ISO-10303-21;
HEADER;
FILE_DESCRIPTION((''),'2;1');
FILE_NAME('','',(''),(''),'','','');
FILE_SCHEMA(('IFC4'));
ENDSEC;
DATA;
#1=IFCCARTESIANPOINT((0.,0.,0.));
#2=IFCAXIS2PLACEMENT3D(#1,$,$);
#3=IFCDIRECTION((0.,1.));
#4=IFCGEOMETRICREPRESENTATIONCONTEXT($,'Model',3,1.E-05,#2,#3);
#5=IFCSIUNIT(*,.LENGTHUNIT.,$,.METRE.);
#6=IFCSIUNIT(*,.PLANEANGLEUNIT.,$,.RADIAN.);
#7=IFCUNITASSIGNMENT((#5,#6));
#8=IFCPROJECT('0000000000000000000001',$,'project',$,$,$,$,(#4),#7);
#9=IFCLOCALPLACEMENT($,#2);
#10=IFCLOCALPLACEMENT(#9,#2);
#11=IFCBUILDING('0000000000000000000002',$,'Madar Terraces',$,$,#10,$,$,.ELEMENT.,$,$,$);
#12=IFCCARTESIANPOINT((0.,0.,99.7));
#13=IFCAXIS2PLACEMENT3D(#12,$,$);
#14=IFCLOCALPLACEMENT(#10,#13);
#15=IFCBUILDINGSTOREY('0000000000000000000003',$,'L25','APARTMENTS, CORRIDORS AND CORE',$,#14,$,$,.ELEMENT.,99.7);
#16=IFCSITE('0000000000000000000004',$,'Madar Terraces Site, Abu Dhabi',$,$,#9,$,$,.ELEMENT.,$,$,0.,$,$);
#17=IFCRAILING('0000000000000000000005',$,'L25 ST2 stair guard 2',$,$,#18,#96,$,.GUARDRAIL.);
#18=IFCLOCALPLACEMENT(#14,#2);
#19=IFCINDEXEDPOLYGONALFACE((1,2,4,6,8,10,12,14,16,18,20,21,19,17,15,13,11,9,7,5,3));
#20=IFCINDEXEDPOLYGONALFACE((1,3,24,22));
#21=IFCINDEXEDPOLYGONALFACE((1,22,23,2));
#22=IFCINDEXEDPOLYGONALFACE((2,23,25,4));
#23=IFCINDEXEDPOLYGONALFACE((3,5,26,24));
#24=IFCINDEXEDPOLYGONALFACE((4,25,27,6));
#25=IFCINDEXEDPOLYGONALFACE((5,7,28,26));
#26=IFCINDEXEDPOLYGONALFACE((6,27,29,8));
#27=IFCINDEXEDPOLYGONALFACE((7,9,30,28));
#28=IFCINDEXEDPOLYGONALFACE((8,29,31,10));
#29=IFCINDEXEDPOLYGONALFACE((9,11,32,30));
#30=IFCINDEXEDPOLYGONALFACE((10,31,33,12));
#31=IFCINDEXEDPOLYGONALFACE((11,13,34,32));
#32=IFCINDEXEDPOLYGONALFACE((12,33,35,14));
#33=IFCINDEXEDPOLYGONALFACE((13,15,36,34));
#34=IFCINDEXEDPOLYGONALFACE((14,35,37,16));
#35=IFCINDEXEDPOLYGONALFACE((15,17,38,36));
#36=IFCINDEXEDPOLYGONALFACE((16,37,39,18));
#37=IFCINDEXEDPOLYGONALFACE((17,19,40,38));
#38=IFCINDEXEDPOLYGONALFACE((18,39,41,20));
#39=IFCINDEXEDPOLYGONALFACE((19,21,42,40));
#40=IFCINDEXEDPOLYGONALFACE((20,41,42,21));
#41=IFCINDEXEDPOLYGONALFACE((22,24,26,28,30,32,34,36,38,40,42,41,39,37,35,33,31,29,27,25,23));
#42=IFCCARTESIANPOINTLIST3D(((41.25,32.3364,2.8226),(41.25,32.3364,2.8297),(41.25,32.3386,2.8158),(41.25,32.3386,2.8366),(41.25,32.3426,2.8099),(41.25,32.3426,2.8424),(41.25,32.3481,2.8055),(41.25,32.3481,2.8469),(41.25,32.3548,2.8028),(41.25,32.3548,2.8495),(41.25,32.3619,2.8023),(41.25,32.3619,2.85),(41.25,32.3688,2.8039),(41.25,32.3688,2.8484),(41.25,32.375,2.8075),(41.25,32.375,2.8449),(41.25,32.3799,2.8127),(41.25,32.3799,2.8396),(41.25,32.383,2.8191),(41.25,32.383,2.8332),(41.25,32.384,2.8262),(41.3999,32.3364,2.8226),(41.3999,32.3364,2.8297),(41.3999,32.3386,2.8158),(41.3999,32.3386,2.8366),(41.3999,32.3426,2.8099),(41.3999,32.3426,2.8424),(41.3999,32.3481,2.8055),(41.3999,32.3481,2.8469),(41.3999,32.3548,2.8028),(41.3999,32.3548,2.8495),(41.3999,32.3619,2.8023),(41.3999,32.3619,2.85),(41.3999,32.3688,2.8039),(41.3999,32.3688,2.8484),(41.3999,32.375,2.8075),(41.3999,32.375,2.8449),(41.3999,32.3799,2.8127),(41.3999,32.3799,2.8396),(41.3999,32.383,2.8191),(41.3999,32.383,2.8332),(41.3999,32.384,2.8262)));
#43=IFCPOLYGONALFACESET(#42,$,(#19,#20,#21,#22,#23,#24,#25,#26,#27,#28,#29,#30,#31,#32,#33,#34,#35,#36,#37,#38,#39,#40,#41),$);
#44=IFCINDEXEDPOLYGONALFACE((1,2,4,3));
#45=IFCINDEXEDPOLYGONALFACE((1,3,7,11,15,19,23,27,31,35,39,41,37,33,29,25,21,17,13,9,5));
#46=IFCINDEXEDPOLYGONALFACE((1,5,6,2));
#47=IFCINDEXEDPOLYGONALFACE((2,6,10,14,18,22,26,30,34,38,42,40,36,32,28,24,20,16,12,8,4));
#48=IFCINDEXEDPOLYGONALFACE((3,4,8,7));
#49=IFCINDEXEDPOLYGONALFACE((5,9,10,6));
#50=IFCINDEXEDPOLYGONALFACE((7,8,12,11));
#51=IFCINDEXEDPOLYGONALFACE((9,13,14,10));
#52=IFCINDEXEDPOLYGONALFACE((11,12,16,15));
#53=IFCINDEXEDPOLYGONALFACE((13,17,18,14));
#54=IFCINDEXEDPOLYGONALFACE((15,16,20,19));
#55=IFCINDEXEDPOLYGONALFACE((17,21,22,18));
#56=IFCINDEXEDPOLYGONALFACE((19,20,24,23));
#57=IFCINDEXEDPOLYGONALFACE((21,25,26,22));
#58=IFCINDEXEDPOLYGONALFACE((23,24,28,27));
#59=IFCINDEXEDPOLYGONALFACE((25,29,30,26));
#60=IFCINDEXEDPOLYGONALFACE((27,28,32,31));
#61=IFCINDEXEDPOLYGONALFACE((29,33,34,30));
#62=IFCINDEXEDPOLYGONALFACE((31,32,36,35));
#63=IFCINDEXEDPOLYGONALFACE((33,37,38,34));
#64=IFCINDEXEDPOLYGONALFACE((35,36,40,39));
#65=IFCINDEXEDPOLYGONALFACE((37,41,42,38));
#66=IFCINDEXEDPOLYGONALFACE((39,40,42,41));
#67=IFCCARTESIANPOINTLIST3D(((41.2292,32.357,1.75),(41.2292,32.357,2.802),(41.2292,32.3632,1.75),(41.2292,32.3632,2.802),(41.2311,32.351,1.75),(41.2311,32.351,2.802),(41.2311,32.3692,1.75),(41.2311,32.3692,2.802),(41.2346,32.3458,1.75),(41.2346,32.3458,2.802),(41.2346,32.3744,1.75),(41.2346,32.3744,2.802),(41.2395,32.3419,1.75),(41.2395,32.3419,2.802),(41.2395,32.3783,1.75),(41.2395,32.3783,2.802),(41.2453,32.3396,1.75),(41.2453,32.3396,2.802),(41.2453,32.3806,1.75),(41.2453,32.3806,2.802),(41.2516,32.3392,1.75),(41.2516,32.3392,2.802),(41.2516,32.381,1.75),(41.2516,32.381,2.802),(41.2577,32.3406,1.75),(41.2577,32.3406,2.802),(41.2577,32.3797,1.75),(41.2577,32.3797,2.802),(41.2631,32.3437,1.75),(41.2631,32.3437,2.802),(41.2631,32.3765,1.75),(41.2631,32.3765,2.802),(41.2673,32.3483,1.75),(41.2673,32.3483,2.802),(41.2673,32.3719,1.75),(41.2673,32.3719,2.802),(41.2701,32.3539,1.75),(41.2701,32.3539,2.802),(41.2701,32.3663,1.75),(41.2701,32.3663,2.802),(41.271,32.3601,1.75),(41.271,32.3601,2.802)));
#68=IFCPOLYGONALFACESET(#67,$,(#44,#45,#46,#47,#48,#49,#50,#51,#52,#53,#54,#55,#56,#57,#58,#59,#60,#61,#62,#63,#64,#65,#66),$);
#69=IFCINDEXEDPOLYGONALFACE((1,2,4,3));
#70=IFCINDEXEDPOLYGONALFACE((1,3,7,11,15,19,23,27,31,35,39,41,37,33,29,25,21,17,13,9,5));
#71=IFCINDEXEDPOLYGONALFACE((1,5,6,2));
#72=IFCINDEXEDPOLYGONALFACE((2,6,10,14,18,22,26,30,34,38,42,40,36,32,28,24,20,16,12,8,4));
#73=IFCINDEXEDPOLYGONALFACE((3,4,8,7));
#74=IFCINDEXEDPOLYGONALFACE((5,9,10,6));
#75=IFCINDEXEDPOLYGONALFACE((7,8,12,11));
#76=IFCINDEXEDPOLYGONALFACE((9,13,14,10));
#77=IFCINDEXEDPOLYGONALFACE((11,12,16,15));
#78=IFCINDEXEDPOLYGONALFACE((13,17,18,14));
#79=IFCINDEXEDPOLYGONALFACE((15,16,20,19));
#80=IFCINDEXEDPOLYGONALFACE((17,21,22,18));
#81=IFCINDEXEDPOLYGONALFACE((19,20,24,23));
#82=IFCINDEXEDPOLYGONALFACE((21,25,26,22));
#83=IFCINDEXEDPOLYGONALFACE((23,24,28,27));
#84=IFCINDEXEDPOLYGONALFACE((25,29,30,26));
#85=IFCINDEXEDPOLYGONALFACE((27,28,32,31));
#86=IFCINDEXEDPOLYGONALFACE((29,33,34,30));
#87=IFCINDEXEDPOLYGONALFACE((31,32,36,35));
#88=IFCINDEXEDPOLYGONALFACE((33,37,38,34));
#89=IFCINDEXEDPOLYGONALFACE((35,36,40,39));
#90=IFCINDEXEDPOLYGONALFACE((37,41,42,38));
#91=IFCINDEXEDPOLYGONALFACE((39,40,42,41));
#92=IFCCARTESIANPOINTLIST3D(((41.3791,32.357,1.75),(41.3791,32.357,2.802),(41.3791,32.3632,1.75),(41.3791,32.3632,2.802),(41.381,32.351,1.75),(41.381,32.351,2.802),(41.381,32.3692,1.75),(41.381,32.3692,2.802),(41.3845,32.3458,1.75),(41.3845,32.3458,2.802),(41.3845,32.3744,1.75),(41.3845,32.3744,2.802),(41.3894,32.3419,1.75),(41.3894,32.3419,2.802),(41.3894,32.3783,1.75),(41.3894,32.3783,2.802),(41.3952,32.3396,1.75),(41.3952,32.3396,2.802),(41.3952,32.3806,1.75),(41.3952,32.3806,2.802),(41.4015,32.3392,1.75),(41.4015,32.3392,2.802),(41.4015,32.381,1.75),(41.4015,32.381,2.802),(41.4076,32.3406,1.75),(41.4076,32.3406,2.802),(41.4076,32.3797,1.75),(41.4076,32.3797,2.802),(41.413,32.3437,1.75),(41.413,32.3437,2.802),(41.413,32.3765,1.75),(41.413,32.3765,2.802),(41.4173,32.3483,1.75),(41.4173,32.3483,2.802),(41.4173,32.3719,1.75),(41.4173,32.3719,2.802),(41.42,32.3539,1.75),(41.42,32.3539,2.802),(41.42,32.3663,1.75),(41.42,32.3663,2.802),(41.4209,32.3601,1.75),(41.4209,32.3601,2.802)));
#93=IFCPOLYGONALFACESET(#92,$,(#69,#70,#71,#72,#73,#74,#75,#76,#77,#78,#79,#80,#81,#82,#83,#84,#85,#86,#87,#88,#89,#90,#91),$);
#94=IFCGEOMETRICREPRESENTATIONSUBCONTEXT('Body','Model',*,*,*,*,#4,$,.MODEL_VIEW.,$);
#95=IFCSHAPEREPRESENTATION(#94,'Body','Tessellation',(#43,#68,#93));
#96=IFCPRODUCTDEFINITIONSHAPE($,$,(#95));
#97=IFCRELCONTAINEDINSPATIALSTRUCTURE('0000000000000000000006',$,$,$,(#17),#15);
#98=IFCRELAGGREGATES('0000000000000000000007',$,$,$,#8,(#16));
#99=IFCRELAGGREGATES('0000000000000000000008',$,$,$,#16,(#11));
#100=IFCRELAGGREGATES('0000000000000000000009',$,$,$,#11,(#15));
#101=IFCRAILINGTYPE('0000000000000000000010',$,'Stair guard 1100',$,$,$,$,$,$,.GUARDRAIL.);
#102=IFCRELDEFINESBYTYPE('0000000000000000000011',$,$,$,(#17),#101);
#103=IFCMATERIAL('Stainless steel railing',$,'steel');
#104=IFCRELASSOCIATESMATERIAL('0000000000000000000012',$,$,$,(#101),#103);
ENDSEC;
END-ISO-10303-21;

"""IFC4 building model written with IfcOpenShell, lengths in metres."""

from ifc_helpers import new_model, si_unit, direction, frame, origin, origin_2d, place, context, subcontext, project, spatial, circle, extrude, material, type_object, element, save


model = new_model("IFC4")

# Units and contexts
model_context = context("Model", 3, precision=1e-05, world=origin(), true_north=direction((0.0, 1.0)))
body_context = subcontext(model_context, "Body", "Model", "MODEL_VIEW")
ifc_project = project(units=[si_unit("LENGTHUNIT", "METRE"), si_unit("PLANEANGLEUNIT", "RADIAN")], contexts=[model_context])

# Site, building, storey
site_placement = place(None, origin())
site = spatial("IfcSite", under=ifc_project, at=site_placement, Name="Madar Terraces Site, Abu Dhabi", CompositionType="ELEMENT", RefElevation=0.0)
building_placement = place(site_placement, origin())
building = spatial("IfcBuilding", under=site, at=building_placement, Name="Madar Terraces", CompositionType="ELEMENT")
storey_placement = place(building_placement, frame((0.0, 0.0, 99.7)))
storey = spatial("IfcBuildingStorey", under=building, at=storey_placement, Name="L25", Description="APARTMENTS, CORRIDORS AND CORE", CompositionType="ELEMENT", Elevation=99.7)

# Railing
ifc_material_1 = material(Name="Stainless steel railing", Category="steel")
railing_type_1 = type_object("IfcRailingType", Name="Stair guard 1100", PredefinedType="GUARDRAIL", material=ifc_material_1)
railing_1_placement = place(storey_placement, frame((41.25, 32.3601, 1.75)))
element("IfcRailing", 1, at=railing_1_placement, inside=storey, type_object=railing_type_1, Name="L25 ST2 stair guard 2", PredefinedType="GUARDRAIL", context=body_context, shape_type="SweptSolid", body=[
    extrude(circle(Radius=0.0239, at=origin_2d()), frame((0.0, 0.0, 1.0762), z_axis=(1.0, 0.0, 0.0), x_axis=(0.0, 1.0, 0.0)), (0.0, 0.0, 1.0), 0.1499),
    extrude(circle(Radius=0.021, at=origin_2d()), origin(), (0.0, 0.0, 1.0), 1.052),
    extrude(circle(Radius=0.021, at=origin_2d()), frame((0.1499, 0.0, 0.0)), (0.0, 0.0, 1.0), 1.052),
])

save(model, "model.ifc")
